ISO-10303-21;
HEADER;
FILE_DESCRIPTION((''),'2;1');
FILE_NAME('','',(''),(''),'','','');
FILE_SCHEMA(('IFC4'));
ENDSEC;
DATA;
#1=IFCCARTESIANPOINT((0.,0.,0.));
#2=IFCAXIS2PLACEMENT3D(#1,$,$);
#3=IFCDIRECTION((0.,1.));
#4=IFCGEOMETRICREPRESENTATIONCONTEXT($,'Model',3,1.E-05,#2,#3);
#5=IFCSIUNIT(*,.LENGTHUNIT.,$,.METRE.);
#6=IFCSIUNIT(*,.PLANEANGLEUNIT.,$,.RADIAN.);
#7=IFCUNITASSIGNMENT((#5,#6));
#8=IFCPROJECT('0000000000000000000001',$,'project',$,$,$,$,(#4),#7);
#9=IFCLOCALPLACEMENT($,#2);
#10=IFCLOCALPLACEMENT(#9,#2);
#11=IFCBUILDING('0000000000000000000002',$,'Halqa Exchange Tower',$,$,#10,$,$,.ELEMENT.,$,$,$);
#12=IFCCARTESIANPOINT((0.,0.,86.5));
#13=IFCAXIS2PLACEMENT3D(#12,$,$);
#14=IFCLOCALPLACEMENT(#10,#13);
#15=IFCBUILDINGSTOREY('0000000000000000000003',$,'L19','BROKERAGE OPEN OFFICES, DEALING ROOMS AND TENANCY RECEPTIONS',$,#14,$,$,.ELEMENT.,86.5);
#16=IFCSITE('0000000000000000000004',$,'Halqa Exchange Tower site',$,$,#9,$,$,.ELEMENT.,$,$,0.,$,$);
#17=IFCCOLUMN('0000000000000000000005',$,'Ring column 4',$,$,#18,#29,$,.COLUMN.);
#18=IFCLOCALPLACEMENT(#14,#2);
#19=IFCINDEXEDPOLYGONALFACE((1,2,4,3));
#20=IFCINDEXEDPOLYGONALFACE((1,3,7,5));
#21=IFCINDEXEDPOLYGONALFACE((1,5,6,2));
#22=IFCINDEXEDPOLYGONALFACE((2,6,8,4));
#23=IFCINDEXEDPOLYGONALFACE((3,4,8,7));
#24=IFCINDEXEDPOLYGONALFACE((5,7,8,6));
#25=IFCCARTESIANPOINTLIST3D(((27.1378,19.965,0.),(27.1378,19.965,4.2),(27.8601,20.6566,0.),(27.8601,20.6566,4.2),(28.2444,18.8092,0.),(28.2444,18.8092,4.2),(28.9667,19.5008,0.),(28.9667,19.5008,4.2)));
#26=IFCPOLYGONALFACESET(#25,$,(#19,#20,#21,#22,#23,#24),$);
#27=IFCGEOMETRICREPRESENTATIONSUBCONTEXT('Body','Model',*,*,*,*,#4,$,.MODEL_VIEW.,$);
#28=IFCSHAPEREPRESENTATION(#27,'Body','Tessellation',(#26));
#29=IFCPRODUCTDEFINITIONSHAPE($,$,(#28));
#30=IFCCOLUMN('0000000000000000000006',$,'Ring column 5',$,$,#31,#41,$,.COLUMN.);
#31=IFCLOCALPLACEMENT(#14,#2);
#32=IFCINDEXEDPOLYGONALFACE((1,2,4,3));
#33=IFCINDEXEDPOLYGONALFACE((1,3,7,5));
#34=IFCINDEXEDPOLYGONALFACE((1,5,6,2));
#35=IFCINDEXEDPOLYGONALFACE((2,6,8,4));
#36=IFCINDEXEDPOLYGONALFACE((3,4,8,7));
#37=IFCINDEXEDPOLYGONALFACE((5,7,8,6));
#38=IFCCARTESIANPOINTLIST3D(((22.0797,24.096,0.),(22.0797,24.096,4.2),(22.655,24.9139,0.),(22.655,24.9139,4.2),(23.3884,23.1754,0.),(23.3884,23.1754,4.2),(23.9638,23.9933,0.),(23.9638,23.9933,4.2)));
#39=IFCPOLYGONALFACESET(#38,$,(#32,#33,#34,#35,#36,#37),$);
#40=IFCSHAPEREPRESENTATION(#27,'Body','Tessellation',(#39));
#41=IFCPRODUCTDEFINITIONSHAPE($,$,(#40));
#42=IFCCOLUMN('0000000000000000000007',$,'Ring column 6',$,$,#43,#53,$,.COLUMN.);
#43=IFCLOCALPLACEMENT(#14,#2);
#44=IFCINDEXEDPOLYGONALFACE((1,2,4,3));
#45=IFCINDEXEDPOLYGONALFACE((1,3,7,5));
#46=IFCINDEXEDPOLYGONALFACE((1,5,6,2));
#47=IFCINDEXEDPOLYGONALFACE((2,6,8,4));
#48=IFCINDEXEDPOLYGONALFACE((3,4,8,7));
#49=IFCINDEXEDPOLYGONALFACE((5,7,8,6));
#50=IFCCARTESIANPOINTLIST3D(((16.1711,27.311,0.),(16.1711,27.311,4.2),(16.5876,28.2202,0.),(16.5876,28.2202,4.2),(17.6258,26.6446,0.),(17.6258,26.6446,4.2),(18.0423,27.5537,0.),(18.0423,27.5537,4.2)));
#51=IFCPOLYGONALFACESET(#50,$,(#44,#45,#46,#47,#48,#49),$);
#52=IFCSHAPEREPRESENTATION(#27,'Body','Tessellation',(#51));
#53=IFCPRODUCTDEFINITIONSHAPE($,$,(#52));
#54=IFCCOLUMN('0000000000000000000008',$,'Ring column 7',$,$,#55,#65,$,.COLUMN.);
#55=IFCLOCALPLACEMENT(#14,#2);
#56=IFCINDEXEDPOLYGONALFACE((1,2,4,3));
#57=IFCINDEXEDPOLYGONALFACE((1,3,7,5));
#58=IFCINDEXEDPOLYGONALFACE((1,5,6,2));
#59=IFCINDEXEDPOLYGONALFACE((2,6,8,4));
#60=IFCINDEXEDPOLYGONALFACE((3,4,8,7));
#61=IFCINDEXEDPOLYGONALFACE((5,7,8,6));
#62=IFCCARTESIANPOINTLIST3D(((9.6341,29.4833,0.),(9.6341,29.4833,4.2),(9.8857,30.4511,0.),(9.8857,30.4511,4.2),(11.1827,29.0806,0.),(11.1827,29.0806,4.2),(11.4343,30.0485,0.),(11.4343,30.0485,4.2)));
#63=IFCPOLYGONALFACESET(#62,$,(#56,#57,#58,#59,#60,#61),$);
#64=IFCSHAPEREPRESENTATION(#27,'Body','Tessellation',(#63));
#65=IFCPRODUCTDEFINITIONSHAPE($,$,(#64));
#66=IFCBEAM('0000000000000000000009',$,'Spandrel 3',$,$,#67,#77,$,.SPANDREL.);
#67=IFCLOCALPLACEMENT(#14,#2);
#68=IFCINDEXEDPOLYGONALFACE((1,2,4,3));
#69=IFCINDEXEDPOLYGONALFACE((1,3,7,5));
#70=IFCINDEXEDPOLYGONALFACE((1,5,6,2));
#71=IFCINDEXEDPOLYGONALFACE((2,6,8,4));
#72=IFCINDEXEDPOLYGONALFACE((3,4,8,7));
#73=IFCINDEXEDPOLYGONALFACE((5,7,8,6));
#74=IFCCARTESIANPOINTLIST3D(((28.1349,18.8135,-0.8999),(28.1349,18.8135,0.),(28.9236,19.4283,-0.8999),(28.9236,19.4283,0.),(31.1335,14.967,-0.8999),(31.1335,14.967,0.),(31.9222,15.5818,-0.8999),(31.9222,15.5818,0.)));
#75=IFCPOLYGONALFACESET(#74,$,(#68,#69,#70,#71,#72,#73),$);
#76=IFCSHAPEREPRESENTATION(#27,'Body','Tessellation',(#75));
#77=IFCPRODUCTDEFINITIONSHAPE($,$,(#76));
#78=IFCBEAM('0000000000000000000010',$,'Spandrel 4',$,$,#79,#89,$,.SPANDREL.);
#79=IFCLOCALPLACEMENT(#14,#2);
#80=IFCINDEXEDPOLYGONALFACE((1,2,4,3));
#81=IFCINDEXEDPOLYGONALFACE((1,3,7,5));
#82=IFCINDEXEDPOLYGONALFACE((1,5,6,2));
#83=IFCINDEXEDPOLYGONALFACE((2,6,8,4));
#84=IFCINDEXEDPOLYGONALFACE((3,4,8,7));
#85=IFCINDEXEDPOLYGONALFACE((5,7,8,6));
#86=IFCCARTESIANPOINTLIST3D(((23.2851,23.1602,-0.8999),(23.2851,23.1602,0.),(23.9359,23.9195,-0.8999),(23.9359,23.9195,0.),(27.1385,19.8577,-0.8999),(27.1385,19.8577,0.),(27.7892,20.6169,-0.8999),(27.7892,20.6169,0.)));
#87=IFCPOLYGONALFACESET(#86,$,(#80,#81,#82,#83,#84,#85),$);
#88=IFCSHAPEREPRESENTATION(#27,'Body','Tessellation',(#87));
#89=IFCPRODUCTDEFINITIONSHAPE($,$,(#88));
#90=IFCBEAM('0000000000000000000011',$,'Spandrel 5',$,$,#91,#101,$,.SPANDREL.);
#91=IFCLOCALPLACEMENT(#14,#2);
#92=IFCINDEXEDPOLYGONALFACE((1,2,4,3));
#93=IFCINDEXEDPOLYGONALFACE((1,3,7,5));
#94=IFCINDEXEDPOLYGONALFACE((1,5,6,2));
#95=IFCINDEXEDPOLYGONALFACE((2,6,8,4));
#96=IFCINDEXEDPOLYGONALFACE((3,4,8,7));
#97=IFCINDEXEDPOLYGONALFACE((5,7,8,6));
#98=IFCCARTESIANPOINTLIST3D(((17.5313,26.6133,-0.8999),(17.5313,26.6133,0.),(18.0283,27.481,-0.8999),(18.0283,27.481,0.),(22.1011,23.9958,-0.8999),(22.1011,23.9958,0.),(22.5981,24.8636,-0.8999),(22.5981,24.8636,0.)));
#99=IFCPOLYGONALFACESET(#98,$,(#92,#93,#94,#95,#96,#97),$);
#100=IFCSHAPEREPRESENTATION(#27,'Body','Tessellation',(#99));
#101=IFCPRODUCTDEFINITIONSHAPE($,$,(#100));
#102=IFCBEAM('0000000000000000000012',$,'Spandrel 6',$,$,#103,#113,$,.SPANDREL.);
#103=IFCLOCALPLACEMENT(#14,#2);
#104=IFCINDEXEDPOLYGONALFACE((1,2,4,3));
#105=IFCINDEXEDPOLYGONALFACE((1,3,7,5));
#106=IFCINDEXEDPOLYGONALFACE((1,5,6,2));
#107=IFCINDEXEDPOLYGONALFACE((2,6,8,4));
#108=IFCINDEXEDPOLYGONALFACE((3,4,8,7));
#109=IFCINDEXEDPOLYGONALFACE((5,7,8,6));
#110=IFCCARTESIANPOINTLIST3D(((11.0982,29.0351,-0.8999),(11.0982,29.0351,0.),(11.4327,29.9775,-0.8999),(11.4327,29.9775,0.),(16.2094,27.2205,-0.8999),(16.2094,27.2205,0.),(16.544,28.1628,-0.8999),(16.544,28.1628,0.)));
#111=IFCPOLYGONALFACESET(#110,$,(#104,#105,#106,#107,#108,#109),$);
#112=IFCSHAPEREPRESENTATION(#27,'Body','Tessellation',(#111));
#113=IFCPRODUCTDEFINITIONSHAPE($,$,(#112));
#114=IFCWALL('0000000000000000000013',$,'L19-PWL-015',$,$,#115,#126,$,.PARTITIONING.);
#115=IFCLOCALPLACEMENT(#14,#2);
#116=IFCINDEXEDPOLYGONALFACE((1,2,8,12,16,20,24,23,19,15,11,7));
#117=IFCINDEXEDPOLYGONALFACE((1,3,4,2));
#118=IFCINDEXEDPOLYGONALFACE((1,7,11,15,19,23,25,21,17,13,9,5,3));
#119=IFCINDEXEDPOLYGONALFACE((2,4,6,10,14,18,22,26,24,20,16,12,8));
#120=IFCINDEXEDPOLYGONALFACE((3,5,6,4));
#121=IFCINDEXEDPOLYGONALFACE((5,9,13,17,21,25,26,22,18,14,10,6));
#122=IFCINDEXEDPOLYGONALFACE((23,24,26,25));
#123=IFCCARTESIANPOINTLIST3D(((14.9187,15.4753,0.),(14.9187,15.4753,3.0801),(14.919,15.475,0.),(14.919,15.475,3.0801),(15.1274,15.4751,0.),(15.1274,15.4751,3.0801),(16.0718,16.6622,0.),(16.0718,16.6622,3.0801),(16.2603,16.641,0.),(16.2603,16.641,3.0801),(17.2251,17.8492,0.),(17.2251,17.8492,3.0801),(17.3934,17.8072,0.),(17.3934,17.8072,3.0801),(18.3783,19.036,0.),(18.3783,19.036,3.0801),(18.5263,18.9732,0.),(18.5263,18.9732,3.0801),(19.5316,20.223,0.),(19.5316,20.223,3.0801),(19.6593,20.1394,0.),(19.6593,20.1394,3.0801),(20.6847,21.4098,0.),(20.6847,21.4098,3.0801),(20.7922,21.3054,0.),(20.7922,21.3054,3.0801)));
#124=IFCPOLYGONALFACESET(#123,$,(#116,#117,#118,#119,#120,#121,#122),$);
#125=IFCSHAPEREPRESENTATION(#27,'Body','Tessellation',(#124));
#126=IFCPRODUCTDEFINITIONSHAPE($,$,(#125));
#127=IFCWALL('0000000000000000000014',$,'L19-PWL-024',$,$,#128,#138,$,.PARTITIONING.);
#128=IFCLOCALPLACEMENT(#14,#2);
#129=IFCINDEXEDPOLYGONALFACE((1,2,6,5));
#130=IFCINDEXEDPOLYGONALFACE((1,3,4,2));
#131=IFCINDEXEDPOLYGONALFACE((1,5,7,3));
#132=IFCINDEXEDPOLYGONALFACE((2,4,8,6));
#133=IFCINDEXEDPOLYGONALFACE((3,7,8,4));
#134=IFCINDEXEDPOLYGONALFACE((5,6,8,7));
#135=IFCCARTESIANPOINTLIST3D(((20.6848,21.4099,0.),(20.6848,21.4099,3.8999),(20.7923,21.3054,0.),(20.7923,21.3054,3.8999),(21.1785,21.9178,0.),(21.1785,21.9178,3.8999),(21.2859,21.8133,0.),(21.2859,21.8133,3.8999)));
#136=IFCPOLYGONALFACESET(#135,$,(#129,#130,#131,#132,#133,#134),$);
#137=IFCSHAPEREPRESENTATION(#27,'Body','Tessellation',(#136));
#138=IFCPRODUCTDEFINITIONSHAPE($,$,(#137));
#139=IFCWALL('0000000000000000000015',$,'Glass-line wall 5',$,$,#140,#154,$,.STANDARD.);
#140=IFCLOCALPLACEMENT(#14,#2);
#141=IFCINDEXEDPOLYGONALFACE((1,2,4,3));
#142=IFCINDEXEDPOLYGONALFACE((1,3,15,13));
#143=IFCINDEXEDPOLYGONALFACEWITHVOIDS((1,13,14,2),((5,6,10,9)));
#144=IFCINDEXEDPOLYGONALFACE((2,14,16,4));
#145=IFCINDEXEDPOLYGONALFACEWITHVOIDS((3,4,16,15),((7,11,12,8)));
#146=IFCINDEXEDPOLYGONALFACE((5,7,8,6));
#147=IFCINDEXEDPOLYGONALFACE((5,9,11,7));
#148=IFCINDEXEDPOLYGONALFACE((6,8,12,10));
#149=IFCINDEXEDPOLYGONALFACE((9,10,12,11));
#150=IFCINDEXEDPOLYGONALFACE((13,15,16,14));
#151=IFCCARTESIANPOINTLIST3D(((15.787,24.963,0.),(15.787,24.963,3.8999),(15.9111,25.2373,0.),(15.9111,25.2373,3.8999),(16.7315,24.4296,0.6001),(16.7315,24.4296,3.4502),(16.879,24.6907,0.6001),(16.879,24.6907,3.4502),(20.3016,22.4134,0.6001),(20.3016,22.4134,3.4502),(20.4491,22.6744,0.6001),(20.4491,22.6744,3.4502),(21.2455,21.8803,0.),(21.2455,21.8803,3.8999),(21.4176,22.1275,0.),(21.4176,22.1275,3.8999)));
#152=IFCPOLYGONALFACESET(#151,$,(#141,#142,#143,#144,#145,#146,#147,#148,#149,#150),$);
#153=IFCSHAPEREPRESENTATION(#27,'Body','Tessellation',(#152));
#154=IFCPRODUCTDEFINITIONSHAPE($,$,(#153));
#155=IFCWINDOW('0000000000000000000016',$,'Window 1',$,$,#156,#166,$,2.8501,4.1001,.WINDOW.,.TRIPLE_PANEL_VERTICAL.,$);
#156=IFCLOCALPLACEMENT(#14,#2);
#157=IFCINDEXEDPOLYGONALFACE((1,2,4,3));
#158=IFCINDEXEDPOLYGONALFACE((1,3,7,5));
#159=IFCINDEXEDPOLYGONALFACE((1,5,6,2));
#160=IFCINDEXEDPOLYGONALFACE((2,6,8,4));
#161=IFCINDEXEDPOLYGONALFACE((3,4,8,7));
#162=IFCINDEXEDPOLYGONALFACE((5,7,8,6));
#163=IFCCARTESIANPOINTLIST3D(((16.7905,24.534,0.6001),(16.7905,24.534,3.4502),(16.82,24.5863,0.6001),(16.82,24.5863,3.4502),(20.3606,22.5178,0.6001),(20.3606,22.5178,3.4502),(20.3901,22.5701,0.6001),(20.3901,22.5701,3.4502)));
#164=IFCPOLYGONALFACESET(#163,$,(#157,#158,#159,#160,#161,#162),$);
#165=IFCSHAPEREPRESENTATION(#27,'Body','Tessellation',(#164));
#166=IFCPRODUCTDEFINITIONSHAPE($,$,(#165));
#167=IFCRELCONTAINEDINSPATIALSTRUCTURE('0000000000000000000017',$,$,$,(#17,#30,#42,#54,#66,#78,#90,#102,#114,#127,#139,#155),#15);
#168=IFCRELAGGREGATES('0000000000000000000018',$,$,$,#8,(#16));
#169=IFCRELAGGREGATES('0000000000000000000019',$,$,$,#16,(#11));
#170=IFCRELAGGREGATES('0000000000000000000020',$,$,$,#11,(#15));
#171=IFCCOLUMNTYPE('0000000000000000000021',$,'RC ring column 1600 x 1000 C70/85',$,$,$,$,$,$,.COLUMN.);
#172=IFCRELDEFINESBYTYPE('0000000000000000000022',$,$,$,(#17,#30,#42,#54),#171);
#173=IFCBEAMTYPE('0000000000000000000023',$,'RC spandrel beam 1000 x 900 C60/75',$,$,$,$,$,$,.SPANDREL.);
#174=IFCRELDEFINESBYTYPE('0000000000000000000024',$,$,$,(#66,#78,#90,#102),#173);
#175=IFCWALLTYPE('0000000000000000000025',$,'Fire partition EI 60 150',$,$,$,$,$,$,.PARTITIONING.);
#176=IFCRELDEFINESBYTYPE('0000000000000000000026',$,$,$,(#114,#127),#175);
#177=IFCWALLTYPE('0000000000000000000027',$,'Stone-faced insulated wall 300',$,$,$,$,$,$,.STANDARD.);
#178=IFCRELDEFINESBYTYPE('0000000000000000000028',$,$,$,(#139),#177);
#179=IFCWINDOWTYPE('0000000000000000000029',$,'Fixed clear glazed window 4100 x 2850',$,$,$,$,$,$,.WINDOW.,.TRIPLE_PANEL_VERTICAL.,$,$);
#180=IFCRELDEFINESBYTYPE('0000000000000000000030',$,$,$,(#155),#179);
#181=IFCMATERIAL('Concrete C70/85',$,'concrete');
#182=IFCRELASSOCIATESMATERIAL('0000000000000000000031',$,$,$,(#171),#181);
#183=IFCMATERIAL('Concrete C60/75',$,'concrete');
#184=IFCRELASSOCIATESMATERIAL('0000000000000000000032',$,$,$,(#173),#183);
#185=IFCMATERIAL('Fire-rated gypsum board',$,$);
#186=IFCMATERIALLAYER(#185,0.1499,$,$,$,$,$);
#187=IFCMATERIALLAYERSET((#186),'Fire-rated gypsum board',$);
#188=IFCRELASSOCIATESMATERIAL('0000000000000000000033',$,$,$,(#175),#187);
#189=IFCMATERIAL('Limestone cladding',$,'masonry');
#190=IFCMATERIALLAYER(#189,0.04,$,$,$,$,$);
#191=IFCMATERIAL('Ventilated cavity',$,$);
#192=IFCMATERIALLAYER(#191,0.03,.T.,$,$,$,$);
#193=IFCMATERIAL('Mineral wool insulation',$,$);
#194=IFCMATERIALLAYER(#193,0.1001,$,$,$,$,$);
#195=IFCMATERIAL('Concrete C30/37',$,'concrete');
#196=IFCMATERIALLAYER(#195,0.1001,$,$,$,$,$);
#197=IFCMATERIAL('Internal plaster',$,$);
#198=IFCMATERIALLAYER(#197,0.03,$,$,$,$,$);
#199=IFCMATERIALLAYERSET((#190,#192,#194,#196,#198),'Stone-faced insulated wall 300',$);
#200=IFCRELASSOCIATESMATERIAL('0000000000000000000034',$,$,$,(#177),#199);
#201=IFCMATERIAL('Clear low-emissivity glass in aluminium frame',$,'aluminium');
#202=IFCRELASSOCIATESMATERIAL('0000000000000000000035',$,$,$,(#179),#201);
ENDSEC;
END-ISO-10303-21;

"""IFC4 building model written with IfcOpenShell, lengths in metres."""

from ifc_helpers import new_model, si_unit, direction, frame, frame_2d, origin, origin_2d, place, context, subcontext, project, spatial, polyline, rectangle, outline, extrude, material, layer, layer_set, material_profile, profile_set, type_object, element, fill, save


model = new_model("IFC4")

# Units and contexts
model_context = context("Model", 3, precision=1e-05, world=origin(), true_north=direction((0.0, 1.0)))
body_context = subcontext(model_context, "Body", "Model", "MODEL_VIEW")
ifc_project = project(units=[si_unit("LENGTHUNIT", "METRE"), si_unit("PLANEANGLEUNIT", "RADIAN")], contexts=[model_context])

# Site, building, storey
site_placement = place(None, origin())
site = spatial("IfcSite", under=ifc_project, at=site_placement, Name="Halqa Exchange Tower site", CompositionType="ELEMENT", RefElevation=0.0)
building_placement = place(site_placement, origin())
building = spatial("IfcBuilding", under=site, at=building_placement, Name="Halqa Exchange Tower", CompositionType="ELEMENT")
storey_placement = place(building_placement, frame((0.0, 0.0, 86.5)))
storey = spatial("IfcBuildingStorey", under=building, at=storey_placement, Name="L19", Description="BROKERAGE OPEN OFFICES, DEALING ROOMS AND TENANCY RECEPTIONS", CompositionType="ELEMENT", Elevation=86.5)

# Columns
ifc_material_1 = material(Name="Concrete C70/85", Category="concrete")
ifc_material_profile_1 = material_profile(ifc_material_1, rectangle(XDim=1.6001, YDim=1.0, at=origin_2d()), Name="1600 x 1000")
ifc_profile_set_1 = profile_set([ifc_material_profile_1], Name="Concrete C70/85")
column_type = type_object("IfcColumnType", Name="RC ring column 1600 x 1000 C70/85", PredefinedType="COLUMN", material=ifc_profile_set_1)
for number, where, z_axis, x_axis, name in (
    (1, (28.0522, 19.7329, 0.0), (0.0, 0.0, 1.0), (-0.691576, 0.722304, 0.0), "Ring column 4"),
    (2, (23.0217, 24.0447, 0.0), (0.0, 0.0, 1.0), (-0.817909, 0.575348, 0.0), "Ring column 5"),
    (3, (17.1067, 27.4324, 0.0), (0.0, 0.0, 1.0), (-0.909126, 0.41652, 0.0), "Ring column 6"),
    (4, (10.5342, 29.7659, 0.0), (0.0, 0.0, 1.0), (-0.96782, 0.251644, 0.0), "Ring column 7"),
):
    element("IfcColumn", number, at=place(storey_placement, frame(where, z_axis=z_axis, x_axis=x_axis)), inside=storey, type_object=column_type, Name=name, PredefinedType="COLUMN", context=body_context, shape_type="SweptSolid", body=[
        extrude(rectangle(XDim=1.6001, YDim=1.0, at=origin_2d()), origin(), (0.0, 0.0, 1.0), 4.2),
    ])

# Beams
ifc_material_2 = material(Name="Concrete C60/75", Category="concrete")
ifc_material_profile_2 = material_profile(ifc_material_2, rectangle(XDim=1.0, YDim=0.8999, at=origin_2d()), Name="1000 x 900")
ifc_profile_set_2 = profile_set([ifc_material_profile_2], Name="Concrete C60/75")
beam_type = type_object("IfcBeamType", Name="RC spandrel beam 1000 x 900 C60/75", PredefinedType="SPANDREL", material=ifc_profile_set_2)
beam_1_placement = place(storey_placement, frame((31.5278, 15.2744, -0.45), z_axis=(-0.614817, 0.78867, 0.0), x_axis=(-0.78867, -0.614817, 0.0)))
element("IfcBeam", 5, at=beam_1_placement, inside=storey, type_object=beam_type, Name="Spandrel 3", PredefinedType="SPANDREL", context=body_context, shape_type="SweptSolid", body=[
    extrude(rectangle(XDim=1.0, YDim=0.8999, at=origin_2d()), origin(), (0.0, 0.0, 1.0), 4.8772),
])
beam_2_placement = place(storey_placement, frame((27.4639, 20.2373, -0.45), z_axis=(-0.759287, 0.650756, 0.0), x_axis=(-0.650756, -0.759287, 0.0)))
element("IfcBeam", 6, at=beam_2_placement, inside=storey, type_object=beam_type, Name="Spandrel 4", PredefinedType="SPANDREL", context=body_context, shape_type="SweptSolid", body=[
    extrude(rectangle(XDim=1.0, YDim=0.8999, at=origin_2d()), origin(), (0.0, 0.0, 1.0), 5.075),
])
beam_3_placement = place(storey_placement, frame((22.3496, 24.4297, -0.45), z_axis=(-0.867743, 0.497012, 0.0), x_axis=(-0.497012, -0.867743, 0.0)))
element("IfcBeam", 7, at=beam_3_placement, inside=storey, type_object=beam_type, Name="Spandrel 5", PredefinedType="SPANDREL", context=body_context, shape_type="SweptSolid", body=[
    extrude(rectangle(XDim=1.0, YDim=0.8999, at=origin_2d()), origin(), (0.0, 0.0, 1.0), 5.2664),
])
beam_4_placement = place(storey_placement, frame((16.3767, 27.6917, -0.45), z_axis=(-0.94237, 0.334574, 0.0), x_axis=(-0.334574, -0.94237, 0.0)))
element("IfcBeam", 8, at=beam_4_placement, inside=storey, type_object=beam_type, Name="Spandrel 6", PredefinedType="SPANDREL", context=body_context, shape_type="SweptSolid", body=[
    extrude(rectangle(XDim=1.0, YDim=0.8999, at=origin_2d()), origin(), (0.0, 0.0, 1.0), 5.4238),
])

# Walls
ifc_material_3 = material(Name="Fire-rated gypsum board")
ifc_layer_1 = layer(ifc_material_3, 0.1499)
ifc_layer_set_1 = layer_set([ifc_layer_1], Name="Fire-rated gypsum board")
wall_type_1 = type_object("IfcWallType", Name="Fire partition EI 60 150", PredefinedType="PARTITIONING", material=ifc_layer_set_1)
wall_1_placement = place(storey_placement, frame((14.9724, 15.4231, 0.0), z_axis=(0.0, 0.0, 1.0), x_axis=(0.696854, 0.717213, 0.0)))
element("IfcWall", 9, at=wall_1_placement, inside=storey, type_object=wall_type_1, Name="L19-PWL-015", PredefinedType="PARTITIONING", context=body_context, shape_type="SweptSolid", body=[
    extrude(outline(polyline([(0.0, 0.075), (0.0, 0.0745), (0.1453, -0.075), (1.771, -0.075), (3.397, -0.075), (5.0227, -0.075), (6.6487, -0.075), (8.2744, -0.075), (8.2744, 0.075), (6.6196, 0.075), (4.9646, 0.075), (3.3098, 0.075), (1.6548, 0.075), (0.0, 0.075)])), origin(), (0.0, 0.0, 1.0), 3.0801),
])
wall_2_placement = place(storey_placement, frame((20.7385, 21.3577, 0.0), z_axis=(0.0, 0.0, 1.0), x_axis=(0.697039, 0.717033, 0.0)))
element("IfcWall", 10, at=wall_2_placement, inside=storey, type_object=wall_type_1, Name="L19-PWL-024", PredefinedType="PARTITIONING", context=body_context, shape_type="SweptSolid", body=[
    extrude(outline(polyline([(0.0, 0.075), (0.0, -0.075), (0.7083, -0.075), (0.7083, 0.075), (0.0, 0.075)])), origin(), (0.0, 0.0, 1.0), 3.8999),
])

# Shared definitions
ifc_material_4 = material(Name="Limestone cladding", Category="masonry")
ifc_layer_2 = layer(ifc_material_4, 0.04)
ifc_material_5 = material(Name="Ventilated cavity")
ifc_layer_3 = layer(ifc_material_5, 0.03, ventilated=True)
ifc_material_6 = material(Name="Mineral wool insulation")
ifc_layer_4 = layer(ifc_material_6, 0.1001)
ifc_material_7 = material(Name="Concrete C30/37", Category="concrete")
ifc_layer_5 = layer(ifc_material_7, 0.1001)
ifc_material_8 = material(Name="Internal plaster")
ifc_layer_6 = layer(ifc_material_8, 0.03)
ifc_layer_set_2 = layer_set([ifc_layer_2, ifc_layer_3, ifc_layer_4, ifc_layer_5, ifc_layer_6], Name="Stone-faced insulated wall 300")
wall_type_2 = type_object("IfcWallType", Name="Stone-faced insulated wall 300", PredefinedType="STANDARD", material=ifc_layer_set_2)
ifc_material_9 = material(Name="Clear low-emissivity glass in aluminium frame", Category="aluminium")

# Wall, opening, window
wall_3_placement = place(storey_placement, frame((21.3315, 22.0039, 0.0), z_axis=(0.0, 0.0, 1.0), x_axis=(-0.870738, 0.491748, 0.0)))
wall_3 = element("IfcWall", 11, at=wall_3_placement, inside=storey, type_object=wall_type_2, Name="Glass-line wall 5", PredefinedType="STANDARD", context=body_context, shape_type="SweptSolid", body=[
    extrude(outline(polyline([(-0.0142, -0.1499), (6.3098, -0.1499), (6.283, 0.1499), (0.0142, 0.1499), (-0.0142, -0.1499)])), origin(), (0.0, 0.0, 1.0), 3.8999),
])
opening_1_placement = place(wall_3_placement, frame((1.0981, 0.0, 0.6001)))
opening_1 = element("IfcOpeningElement", 12, at=opening_1_placement, cuts=wall_3, PredefinedType="OPENING", context=body_context, shape_type="SweptSolid", body=[
    extrude(rectangle(XDim=4.1001, YDim=2.8501, at=frame_2d((2.05, 1.425))), frame((0.0, 0.1621, 0.0), z_axis=(0.0, -1.0, 0.0), x_axis=(1.0, 0.0, 0.0)), (0.0, 0.0, 1.0), 0.324),
])
window_type = type_object("IfcWindowType", Name="Fixed clear glazed window 4100 x 2850", PartitioningType="TRIPLE_PANEL_VERTICAL", PredefinedType="WINDOW", material=ifc_material_9)
window_1_placement = place(opening_1_placement, origin())
window_1 = element("IfcWindow", 13, at=window_1_placement, inside=storey, type_object=window_type, Name="Window 1", OverallHeight=2.8501, OverallWidth=4.1001, PartitioningType="TRIPLE_PANEL_VERTICAL", PredefinedType="WINDOW", context=body_context, shape_type="SweptSolid", body=[
    extrude(rectangle(XDim=4.1001, YDim=2.8501, at=frame_2d((2.05, 1.425))), frame((0.0, 0.03, 0.0), z_axis=(0.0, -1.0, 0.0), x_axis=(1.0, 0.0, 0.0)), (0.0, 0.0, 1.0), 0.0601),
])
fill(opening_1, window_1)

save(model, "model.ifc")
